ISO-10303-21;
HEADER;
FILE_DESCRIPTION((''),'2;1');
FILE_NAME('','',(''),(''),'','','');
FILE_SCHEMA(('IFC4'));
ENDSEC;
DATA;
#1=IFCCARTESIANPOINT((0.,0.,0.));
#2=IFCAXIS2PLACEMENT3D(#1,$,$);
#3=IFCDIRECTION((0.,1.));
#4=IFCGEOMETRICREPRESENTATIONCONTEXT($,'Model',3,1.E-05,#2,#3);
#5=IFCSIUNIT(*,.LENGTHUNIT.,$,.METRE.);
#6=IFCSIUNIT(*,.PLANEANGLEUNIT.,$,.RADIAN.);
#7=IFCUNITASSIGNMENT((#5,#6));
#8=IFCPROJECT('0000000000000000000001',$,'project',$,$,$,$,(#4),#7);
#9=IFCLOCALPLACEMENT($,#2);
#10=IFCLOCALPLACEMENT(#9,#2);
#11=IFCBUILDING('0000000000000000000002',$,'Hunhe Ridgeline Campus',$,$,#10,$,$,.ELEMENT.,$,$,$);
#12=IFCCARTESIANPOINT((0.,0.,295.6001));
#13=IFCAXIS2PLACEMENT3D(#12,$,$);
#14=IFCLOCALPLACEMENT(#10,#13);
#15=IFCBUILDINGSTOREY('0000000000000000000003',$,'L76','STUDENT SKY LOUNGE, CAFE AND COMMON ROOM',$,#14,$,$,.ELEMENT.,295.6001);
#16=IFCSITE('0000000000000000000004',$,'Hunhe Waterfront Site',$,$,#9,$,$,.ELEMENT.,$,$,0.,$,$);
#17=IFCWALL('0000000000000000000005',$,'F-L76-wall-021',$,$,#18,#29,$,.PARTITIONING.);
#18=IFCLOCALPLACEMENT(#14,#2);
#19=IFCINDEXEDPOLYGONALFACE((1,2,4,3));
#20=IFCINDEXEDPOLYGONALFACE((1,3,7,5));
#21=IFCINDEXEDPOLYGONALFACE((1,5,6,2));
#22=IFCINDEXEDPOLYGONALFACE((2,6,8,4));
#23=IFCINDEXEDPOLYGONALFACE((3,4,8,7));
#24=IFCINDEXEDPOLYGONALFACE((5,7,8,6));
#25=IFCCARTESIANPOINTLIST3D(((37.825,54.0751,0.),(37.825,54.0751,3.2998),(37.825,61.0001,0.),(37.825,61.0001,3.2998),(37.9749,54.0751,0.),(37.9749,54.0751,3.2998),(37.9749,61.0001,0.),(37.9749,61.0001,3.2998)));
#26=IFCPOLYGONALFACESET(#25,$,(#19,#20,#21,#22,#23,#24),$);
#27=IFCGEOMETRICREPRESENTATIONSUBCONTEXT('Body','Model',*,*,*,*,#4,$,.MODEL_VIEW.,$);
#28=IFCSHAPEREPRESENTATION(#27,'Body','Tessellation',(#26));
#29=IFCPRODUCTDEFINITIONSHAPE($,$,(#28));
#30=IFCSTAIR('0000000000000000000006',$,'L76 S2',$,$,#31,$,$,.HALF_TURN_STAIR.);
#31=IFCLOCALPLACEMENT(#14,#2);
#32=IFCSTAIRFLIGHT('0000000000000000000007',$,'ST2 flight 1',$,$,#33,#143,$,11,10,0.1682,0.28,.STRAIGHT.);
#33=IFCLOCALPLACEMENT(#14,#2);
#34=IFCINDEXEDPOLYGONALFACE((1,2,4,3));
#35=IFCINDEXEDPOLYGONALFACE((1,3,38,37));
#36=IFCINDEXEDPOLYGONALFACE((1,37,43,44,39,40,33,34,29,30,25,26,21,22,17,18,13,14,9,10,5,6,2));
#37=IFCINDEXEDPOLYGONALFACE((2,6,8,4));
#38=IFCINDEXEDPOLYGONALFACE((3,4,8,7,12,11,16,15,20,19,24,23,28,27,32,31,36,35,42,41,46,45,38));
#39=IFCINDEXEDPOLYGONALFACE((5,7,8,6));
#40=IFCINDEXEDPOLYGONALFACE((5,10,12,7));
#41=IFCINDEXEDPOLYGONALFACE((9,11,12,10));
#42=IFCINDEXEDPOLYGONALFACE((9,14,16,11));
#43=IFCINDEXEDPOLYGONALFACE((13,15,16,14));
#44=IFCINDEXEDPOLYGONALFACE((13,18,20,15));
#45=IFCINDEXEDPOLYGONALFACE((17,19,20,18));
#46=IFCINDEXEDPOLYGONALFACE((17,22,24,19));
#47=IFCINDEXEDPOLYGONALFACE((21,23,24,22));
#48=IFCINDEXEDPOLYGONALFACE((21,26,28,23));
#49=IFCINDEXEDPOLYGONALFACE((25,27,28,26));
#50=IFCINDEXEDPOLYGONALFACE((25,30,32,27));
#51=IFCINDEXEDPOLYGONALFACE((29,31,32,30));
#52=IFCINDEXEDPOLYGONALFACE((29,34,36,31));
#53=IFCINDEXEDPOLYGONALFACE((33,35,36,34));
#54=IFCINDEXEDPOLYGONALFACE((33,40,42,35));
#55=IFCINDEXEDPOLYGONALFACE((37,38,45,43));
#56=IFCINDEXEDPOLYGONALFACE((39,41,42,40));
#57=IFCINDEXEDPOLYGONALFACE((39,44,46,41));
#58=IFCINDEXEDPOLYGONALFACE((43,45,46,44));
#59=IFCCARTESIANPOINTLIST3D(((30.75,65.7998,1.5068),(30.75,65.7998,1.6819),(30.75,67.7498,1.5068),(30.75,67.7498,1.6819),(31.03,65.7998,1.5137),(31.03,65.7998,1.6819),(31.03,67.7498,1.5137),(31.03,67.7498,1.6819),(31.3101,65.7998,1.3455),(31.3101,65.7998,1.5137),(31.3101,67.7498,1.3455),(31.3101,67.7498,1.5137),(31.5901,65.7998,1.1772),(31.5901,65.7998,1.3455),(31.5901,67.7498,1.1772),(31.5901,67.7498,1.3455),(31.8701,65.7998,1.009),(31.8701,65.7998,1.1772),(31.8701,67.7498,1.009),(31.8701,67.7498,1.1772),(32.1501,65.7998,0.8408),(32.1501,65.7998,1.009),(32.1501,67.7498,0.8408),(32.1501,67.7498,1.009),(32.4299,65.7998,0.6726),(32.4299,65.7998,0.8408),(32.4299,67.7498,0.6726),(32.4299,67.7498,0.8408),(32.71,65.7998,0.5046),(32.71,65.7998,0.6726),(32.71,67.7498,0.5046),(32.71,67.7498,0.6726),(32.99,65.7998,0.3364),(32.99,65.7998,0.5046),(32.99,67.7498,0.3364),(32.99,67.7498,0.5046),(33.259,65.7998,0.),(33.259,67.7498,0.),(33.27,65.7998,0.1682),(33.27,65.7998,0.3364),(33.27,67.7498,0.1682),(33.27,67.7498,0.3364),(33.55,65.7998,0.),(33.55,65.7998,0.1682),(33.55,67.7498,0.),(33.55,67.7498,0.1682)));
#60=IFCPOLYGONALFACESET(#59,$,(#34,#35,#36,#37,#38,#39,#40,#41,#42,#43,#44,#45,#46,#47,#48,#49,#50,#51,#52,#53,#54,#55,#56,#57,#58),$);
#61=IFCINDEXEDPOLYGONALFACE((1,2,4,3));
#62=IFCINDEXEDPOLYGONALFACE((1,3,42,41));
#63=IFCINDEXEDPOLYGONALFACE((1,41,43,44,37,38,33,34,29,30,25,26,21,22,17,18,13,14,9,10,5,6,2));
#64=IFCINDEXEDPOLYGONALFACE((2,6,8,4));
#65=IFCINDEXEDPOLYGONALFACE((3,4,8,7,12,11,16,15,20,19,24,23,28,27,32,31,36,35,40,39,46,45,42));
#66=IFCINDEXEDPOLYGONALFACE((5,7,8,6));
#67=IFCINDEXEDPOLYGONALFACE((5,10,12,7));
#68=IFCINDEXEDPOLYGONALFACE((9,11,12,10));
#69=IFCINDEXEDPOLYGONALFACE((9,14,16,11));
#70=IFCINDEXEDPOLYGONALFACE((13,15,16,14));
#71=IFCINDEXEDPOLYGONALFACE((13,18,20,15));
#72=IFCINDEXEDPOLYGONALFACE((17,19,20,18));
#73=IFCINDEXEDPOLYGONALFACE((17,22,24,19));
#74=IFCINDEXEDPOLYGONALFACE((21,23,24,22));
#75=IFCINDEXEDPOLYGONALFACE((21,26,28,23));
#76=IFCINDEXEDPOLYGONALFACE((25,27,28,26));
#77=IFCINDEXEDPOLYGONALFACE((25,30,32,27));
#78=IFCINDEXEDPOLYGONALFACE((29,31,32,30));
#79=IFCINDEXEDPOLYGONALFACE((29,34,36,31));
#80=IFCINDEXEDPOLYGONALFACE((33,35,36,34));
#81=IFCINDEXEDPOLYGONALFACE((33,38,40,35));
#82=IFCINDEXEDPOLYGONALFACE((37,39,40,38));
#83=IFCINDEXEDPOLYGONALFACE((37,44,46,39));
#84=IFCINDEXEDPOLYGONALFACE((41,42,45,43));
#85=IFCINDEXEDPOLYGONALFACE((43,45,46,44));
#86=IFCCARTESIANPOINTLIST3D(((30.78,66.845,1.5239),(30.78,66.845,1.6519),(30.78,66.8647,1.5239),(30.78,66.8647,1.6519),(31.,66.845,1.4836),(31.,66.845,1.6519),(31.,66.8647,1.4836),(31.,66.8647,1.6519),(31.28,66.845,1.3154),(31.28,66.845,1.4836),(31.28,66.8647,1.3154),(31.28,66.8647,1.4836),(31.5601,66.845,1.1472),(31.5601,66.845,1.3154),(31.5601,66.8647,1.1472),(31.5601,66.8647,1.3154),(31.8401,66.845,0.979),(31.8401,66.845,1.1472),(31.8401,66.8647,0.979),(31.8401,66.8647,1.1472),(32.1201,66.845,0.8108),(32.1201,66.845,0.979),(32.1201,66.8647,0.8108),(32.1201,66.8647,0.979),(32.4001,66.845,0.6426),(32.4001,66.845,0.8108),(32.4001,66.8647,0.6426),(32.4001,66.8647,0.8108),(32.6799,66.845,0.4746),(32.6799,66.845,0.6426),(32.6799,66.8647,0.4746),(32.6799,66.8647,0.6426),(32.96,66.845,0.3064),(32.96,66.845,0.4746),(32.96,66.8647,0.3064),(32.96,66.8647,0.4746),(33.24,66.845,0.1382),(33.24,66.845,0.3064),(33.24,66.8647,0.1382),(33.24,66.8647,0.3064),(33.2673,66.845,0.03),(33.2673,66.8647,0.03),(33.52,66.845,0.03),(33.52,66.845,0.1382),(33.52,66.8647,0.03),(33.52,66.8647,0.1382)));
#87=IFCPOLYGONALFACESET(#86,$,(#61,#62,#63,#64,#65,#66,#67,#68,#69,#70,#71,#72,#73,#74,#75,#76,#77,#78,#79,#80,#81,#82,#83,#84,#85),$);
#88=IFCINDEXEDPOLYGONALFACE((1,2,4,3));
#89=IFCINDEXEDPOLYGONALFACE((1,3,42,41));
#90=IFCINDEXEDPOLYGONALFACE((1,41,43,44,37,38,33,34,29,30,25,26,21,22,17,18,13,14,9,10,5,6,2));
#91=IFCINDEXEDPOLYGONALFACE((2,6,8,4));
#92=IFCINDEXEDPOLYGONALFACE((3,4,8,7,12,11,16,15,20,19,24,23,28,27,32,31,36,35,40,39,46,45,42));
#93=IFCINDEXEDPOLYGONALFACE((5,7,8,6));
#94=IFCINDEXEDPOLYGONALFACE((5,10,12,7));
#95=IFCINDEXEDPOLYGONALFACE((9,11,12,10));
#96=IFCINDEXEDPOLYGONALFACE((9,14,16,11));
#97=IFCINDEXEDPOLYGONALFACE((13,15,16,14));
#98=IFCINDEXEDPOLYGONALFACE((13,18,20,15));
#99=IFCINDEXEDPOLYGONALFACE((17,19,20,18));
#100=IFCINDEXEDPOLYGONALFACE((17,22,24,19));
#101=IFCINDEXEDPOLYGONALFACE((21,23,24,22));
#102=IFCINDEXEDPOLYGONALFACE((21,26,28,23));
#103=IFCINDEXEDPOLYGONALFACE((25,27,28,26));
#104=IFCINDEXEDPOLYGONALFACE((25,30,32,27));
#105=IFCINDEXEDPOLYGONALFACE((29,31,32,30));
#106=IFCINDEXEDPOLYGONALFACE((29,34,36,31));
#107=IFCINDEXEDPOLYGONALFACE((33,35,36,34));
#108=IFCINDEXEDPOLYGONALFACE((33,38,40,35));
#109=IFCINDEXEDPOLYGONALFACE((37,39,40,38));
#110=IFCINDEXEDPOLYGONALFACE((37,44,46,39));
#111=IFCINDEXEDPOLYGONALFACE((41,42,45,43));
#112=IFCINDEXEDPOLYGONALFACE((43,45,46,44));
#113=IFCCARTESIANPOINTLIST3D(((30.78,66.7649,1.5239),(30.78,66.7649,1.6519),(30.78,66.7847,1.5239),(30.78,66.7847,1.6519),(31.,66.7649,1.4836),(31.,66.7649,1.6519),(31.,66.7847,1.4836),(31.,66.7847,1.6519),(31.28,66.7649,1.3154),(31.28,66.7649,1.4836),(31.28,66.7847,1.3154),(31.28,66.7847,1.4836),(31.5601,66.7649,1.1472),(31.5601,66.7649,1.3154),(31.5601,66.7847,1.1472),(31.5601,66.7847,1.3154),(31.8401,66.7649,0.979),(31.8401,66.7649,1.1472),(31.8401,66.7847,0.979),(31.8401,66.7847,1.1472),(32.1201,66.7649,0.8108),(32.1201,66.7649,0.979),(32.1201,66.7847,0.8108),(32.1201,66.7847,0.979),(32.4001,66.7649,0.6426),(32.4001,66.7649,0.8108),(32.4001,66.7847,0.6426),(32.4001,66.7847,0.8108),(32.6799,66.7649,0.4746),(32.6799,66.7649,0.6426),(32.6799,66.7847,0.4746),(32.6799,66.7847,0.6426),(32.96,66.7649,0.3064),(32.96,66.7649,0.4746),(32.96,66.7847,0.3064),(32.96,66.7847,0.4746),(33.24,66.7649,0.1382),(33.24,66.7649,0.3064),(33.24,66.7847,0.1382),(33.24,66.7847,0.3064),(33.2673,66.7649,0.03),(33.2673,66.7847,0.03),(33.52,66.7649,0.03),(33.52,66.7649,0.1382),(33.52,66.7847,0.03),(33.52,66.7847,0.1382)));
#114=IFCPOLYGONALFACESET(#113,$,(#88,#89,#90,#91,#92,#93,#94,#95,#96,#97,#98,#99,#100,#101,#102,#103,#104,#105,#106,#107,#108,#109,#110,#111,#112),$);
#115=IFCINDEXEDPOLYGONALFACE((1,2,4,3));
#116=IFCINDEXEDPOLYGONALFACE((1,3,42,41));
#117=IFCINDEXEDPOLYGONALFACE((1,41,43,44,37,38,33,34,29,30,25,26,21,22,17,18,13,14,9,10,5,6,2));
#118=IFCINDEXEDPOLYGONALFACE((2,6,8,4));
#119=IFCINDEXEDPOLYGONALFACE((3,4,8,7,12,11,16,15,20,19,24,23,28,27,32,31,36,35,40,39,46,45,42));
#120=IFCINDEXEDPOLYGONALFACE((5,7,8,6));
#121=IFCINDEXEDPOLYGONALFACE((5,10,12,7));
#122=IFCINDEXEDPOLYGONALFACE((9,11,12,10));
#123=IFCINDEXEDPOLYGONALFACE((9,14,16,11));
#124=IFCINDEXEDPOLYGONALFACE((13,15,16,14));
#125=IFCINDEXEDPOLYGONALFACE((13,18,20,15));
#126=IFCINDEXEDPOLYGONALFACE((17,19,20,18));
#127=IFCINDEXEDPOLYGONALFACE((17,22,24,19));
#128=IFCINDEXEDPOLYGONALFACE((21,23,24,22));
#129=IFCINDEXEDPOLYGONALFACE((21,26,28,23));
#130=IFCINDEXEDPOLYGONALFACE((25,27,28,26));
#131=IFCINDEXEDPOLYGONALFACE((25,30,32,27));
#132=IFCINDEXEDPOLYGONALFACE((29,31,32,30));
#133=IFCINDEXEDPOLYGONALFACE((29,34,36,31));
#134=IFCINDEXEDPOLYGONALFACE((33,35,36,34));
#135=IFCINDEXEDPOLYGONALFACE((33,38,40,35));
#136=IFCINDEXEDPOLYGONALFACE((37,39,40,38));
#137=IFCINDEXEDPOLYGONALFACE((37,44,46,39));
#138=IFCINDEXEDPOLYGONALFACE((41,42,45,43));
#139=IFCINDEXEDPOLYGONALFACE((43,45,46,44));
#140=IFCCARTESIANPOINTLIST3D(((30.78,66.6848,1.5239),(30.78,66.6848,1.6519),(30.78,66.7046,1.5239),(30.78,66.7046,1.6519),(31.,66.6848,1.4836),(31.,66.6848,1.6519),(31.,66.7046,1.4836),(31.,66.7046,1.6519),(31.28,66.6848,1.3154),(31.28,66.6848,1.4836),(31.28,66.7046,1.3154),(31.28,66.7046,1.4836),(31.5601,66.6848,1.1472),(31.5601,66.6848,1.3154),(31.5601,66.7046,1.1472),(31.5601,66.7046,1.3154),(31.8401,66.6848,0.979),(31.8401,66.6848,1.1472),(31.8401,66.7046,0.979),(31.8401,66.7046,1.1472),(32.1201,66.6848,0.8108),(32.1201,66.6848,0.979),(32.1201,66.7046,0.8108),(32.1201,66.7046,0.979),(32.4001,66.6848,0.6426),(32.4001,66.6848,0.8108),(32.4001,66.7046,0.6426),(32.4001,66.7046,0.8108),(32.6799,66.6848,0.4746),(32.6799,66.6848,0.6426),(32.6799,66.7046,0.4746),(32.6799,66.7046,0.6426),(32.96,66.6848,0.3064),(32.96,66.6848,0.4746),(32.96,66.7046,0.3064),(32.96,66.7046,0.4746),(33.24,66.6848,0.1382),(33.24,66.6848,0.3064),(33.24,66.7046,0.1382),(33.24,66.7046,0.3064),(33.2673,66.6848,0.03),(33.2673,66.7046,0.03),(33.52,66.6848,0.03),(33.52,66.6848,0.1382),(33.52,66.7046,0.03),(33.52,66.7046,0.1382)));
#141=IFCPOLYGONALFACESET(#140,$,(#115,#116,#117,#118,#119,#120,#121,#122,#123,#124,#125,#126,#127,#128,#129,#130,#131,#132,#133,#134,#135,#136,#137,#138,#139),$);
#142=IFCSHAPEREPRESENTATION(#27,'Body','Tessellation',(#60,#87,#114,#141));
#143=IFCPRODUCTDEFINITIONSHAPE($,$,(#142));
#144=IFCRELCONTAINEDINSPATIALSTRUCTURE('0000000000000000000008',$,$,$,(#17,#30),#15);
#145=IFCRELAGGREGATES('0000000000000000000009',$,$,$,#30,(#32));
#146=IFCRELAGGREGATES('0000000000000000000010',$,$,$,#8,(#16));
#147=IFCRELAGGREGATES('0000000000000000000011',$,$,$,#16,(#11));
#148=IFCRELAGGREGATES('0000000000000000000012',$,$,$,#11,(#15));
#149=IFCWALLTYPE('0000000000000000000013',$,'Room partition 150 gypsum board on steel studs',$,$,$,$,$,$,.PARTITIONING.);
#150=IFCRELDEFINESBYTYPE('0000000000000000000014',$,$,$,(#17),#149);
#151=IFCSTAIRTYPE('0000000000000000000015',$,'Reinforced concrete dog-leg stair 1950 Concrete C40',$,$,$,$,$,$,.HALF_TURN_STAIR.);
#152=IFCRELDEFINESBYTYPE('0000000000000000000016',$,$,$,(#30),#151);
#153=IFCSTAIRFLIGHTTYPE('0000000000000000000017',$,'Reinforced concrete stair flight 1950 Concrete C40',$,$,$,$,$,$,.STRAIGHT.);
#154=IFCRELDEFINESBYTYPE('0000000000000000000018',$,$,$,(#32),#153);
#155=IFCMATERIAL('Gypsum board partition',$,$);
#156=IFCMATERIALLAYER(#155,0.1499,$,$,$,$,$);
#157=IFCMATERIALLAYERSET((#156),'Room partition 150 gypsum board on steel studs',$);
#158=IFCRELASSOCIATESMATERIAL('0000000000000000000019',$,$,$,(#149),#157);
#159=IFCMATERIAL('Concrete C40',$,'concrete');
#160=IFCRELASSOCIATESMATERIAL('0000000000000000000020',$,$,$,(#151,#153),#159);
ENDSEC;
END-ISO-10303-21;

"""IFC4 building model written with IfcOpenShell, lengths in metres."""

from ifc_helpers import new_model, si_unit, direction, frame, frame_2d, origin, place, context, subcontext, project, spatial, polyline, rectangle, outline, extrude, material, layer, layer_set, type_object, element, aggregate, save


model = new_model("IFC4")

# Units and contexts
model_context = context("Model", 3, precision=1e-05, world=origin(), true_north=direction((0.0, 1.0)))
body_context = subcontext(model_context, "Body", "Model", "MODEL_VIEW")
ifc_project = project(units=[si_unit("LENGTHUNIT", "METRE"), si_unit("PLANEANGLEUNIT", "RADIAN")], contexts=[model_context])

# Site, building, storey
site_placement = place(None, origin())
site = spatial("IfcSite", under=ifc_project, at=site_placement, Name="Hunhe Waterfront Site", CompositionType="ELEMENT", RefElevation=0.0)
building_placement = place(site_placement, origin())
building = spatial("IfcBuilding", under=site, at=building_placement, Name="Hunhe Ridgeline Campus", CompositionType="ELEMENT")
storey_placement = place(building_placement, frame((0.0, 0.0, 295.6001)))
storey = spatial("IfcBuildingStorey", under=building, at=storey_placement, Name="L76", Description="STUDENT SKY LOUNGE, CAFE AND COMMON ROOM", CompositionType="ELEMENT", Elevation=295.6001)

# Shared definitions
ifc_material_1 = material(Name="Gypsum board partition")

# Wall
ifc_layer_1 = layer(ifc_material_1, 0.1499)
ifc_layer_set_1 = layer_set([ifc_layer_1], Name="Room partition 150 gypsum board on steel studs")
wall_type_1 = type_object("IfcWallType", Name="Room partition 150 gypsum board on steel studs", PredefinedType="PARTITIONING", material=ifc_layer_set_1)
wall_1_placement = place(storey_placement, frame((37.8999, 61.0, 0.0), z_axis=(0.0, 0.0, 1.0), x_axis=(0.0, -1.0, 0.0)))
element("IfcWall", 1, at=wall_1_placement, inside=storey, type_object=wall_type_1, Name="F-L76-wall-021", PredefinedType="PARTITIONING", context=body_context, shape_type="SweptSolid", body=[
    extrude(rectangle(XDim=6.925, YDim=0.1499, at=frame_2d((3.4624, 0.0))), origin(), (0.0, 0.0, 1.0), 3.2998),
])

# Stair, stair flight
ifc_material_2 = material(Name="Concrete C40", Category="concrete")
stair_type = type_object("IfcStairType", Name="Reinforced concrete dog-leg stair 1950 Concrete C40", PredefinedType="HALF_TURN_STAIR", material=ifc_material_2)
stair_placement = place(storey_placement, origin())
stair = element("IfcStair", 2, at=stair_placement, inside=storey, type_object=stair_type, Name="L76 S2", PredefinedType="HALF_TURN_STAIR")
stair_flight_type = type_object("IfcStairFlightType", Name="Reinforced concrete stair flight 1950 Concrete C40", PredefinedType="STRAIGHT", material=ifc_material_2)
stair_flight_placement = place(storey_placement, frame((33.55, 66.7749, 0.0), z_axis=(0.0, 0.0, 1.0), x_axis=(-1.0, 0.0, 0.0)))
stair_flight = element("IfcStairFlight", 3, at=stair_flight_placement, type_object=stair_flight_type, Name="ST2 flight 1", NumberOfRisers=11, NumberOfTreads=10, PredefinedType="STRAIGHT", RiserHeight=0.1682, TreadLength=0.28, context=body_context, shape_type="SweptSolid", body=[
    extrude(outline(polyline([(0.0, 0.0), (0.0, 0.1682), (0.28, 0.1682), (0.28, 0.3364), (0.5601, 0.3364), (0.5601, 0.5046), (0.8401, 0.5046), (0.8401, 0.6726), (1.1201, 0.6726), (1.1201, 0.8408), (1.3999, 0.8408), (1.3999, 1.009), (1.6799, 1.009), (1.6799, 1.1772), (1.96, 1.1772), (1.96, 1.3455), (2.24, 1.3455), (2.24, 1.5137), (2.52, 1.5137), (2.52, 1.6819), (2.8, 1.6819), (2.8, 1.8501), (2.8, 1.5068), (0.291, 0.0), (0.0, 0.0)])), frame((0.0, 0.9751, 0.0), z_axis=(0.0, -1.0, 0.0), x_axis=(1.0, 0.0, 0.0)), (0.0, 0.0, 1.0), 1.95),
    extrude(outline(polyline([(0.03, 0.03), (0.03, 0.1382), (0.3101, 0.1382), (0.3101, 0.3064), (0.5901, 0.3064), (0.5901, 0.4746), (0.8701, 0.4746), (0.8701, 0.6426), (1.1499, 0.6426), (1.1499, 0.8108), (1.4299, 0.8108), (1.4299, 0.979), (1.71, 0.979), (1.71, 1.1472), (1.99, 1.1472), (1.99, 1.3154), (2.27, 1.3154), (2.27, 1.4836), (2.55, 1.4836), (2.55, 1.6519), (2.77, 1.6519), (2.77, 1.5239), (0.2827, 0.03), (0.03, 0.03)])), frame((0.0, -0.0701, 0.0), z_axis=(0.0, -1.0, 0.0), x_axis=(1.0, 0.0, 0.0)), (0.0, 0.0, 1.0), 0.0198),
    extrude(outline(polyline([(0.03, 0.03), (0.03, 0.1382), (0.3101, 0.1382), (0.3101, 0.3064), (0.5901, 0.3064), (0.5901, 0.4746), (0.8701, 0.4746), (0.8701, 0.6426), (1.1499, 0.6426), (1.1499, 0.8108), (1.4299, 0.8108), (1.4299, 0.979), (1.71, 0.979), (1.71, 1.1472), (1.99, 1.1472), (1.99, 1.3154), (2.27, 1.3154), (2.27, 1.4836), (2.55, 1.4836), (2.55, 1.6519), (2.77, 1.6519), (2.77, 1.5239), (0.2827, 0.03), (0.03, 0.03)])), frame((0.0, 0.01, 0.0), z_axis=(0.0, -1.0, 0.0), x_axis=(1.0, 0.0, 0.0)), (0.0, 0.0, 1.0), 0.0198),
    extrude(outline(polyline([(0.03, 0.03), (0.03, 0.1382), (0.3101, 0.1382), (0.3101, 0.3064), (0.5901, 0.3064), (0.5901, 0.4746), (0.8701, 0.4746), (0.8701, 0.6426), (1.1499, 0.6426), (1.1499, 0.8108), (1.4299, 0.8108), (1.4299, 0.979), (1.71, 0.979), (1.71, 1.1472), (1.99, 1.1472), (1.99, 1.3154), (2.27, 1.3154), (2.27, 1.4836), (2.55, 1.4836), (2.55, 1.6519), (2.77, 1.6519), (2.77, 1.5239), (0.2827, 0.03), (0.03, 0.03)])), frame((0.0, 0.0901, 0.0), z_axis=(0.0, -1.0, 0.0), x_axis=(1.0, 0.0, 0.0)), (0.0, 0.0, 1.0), 0.0198),
])
aggregate(stair, [stair_flight])

save(model, "model.ifc")
